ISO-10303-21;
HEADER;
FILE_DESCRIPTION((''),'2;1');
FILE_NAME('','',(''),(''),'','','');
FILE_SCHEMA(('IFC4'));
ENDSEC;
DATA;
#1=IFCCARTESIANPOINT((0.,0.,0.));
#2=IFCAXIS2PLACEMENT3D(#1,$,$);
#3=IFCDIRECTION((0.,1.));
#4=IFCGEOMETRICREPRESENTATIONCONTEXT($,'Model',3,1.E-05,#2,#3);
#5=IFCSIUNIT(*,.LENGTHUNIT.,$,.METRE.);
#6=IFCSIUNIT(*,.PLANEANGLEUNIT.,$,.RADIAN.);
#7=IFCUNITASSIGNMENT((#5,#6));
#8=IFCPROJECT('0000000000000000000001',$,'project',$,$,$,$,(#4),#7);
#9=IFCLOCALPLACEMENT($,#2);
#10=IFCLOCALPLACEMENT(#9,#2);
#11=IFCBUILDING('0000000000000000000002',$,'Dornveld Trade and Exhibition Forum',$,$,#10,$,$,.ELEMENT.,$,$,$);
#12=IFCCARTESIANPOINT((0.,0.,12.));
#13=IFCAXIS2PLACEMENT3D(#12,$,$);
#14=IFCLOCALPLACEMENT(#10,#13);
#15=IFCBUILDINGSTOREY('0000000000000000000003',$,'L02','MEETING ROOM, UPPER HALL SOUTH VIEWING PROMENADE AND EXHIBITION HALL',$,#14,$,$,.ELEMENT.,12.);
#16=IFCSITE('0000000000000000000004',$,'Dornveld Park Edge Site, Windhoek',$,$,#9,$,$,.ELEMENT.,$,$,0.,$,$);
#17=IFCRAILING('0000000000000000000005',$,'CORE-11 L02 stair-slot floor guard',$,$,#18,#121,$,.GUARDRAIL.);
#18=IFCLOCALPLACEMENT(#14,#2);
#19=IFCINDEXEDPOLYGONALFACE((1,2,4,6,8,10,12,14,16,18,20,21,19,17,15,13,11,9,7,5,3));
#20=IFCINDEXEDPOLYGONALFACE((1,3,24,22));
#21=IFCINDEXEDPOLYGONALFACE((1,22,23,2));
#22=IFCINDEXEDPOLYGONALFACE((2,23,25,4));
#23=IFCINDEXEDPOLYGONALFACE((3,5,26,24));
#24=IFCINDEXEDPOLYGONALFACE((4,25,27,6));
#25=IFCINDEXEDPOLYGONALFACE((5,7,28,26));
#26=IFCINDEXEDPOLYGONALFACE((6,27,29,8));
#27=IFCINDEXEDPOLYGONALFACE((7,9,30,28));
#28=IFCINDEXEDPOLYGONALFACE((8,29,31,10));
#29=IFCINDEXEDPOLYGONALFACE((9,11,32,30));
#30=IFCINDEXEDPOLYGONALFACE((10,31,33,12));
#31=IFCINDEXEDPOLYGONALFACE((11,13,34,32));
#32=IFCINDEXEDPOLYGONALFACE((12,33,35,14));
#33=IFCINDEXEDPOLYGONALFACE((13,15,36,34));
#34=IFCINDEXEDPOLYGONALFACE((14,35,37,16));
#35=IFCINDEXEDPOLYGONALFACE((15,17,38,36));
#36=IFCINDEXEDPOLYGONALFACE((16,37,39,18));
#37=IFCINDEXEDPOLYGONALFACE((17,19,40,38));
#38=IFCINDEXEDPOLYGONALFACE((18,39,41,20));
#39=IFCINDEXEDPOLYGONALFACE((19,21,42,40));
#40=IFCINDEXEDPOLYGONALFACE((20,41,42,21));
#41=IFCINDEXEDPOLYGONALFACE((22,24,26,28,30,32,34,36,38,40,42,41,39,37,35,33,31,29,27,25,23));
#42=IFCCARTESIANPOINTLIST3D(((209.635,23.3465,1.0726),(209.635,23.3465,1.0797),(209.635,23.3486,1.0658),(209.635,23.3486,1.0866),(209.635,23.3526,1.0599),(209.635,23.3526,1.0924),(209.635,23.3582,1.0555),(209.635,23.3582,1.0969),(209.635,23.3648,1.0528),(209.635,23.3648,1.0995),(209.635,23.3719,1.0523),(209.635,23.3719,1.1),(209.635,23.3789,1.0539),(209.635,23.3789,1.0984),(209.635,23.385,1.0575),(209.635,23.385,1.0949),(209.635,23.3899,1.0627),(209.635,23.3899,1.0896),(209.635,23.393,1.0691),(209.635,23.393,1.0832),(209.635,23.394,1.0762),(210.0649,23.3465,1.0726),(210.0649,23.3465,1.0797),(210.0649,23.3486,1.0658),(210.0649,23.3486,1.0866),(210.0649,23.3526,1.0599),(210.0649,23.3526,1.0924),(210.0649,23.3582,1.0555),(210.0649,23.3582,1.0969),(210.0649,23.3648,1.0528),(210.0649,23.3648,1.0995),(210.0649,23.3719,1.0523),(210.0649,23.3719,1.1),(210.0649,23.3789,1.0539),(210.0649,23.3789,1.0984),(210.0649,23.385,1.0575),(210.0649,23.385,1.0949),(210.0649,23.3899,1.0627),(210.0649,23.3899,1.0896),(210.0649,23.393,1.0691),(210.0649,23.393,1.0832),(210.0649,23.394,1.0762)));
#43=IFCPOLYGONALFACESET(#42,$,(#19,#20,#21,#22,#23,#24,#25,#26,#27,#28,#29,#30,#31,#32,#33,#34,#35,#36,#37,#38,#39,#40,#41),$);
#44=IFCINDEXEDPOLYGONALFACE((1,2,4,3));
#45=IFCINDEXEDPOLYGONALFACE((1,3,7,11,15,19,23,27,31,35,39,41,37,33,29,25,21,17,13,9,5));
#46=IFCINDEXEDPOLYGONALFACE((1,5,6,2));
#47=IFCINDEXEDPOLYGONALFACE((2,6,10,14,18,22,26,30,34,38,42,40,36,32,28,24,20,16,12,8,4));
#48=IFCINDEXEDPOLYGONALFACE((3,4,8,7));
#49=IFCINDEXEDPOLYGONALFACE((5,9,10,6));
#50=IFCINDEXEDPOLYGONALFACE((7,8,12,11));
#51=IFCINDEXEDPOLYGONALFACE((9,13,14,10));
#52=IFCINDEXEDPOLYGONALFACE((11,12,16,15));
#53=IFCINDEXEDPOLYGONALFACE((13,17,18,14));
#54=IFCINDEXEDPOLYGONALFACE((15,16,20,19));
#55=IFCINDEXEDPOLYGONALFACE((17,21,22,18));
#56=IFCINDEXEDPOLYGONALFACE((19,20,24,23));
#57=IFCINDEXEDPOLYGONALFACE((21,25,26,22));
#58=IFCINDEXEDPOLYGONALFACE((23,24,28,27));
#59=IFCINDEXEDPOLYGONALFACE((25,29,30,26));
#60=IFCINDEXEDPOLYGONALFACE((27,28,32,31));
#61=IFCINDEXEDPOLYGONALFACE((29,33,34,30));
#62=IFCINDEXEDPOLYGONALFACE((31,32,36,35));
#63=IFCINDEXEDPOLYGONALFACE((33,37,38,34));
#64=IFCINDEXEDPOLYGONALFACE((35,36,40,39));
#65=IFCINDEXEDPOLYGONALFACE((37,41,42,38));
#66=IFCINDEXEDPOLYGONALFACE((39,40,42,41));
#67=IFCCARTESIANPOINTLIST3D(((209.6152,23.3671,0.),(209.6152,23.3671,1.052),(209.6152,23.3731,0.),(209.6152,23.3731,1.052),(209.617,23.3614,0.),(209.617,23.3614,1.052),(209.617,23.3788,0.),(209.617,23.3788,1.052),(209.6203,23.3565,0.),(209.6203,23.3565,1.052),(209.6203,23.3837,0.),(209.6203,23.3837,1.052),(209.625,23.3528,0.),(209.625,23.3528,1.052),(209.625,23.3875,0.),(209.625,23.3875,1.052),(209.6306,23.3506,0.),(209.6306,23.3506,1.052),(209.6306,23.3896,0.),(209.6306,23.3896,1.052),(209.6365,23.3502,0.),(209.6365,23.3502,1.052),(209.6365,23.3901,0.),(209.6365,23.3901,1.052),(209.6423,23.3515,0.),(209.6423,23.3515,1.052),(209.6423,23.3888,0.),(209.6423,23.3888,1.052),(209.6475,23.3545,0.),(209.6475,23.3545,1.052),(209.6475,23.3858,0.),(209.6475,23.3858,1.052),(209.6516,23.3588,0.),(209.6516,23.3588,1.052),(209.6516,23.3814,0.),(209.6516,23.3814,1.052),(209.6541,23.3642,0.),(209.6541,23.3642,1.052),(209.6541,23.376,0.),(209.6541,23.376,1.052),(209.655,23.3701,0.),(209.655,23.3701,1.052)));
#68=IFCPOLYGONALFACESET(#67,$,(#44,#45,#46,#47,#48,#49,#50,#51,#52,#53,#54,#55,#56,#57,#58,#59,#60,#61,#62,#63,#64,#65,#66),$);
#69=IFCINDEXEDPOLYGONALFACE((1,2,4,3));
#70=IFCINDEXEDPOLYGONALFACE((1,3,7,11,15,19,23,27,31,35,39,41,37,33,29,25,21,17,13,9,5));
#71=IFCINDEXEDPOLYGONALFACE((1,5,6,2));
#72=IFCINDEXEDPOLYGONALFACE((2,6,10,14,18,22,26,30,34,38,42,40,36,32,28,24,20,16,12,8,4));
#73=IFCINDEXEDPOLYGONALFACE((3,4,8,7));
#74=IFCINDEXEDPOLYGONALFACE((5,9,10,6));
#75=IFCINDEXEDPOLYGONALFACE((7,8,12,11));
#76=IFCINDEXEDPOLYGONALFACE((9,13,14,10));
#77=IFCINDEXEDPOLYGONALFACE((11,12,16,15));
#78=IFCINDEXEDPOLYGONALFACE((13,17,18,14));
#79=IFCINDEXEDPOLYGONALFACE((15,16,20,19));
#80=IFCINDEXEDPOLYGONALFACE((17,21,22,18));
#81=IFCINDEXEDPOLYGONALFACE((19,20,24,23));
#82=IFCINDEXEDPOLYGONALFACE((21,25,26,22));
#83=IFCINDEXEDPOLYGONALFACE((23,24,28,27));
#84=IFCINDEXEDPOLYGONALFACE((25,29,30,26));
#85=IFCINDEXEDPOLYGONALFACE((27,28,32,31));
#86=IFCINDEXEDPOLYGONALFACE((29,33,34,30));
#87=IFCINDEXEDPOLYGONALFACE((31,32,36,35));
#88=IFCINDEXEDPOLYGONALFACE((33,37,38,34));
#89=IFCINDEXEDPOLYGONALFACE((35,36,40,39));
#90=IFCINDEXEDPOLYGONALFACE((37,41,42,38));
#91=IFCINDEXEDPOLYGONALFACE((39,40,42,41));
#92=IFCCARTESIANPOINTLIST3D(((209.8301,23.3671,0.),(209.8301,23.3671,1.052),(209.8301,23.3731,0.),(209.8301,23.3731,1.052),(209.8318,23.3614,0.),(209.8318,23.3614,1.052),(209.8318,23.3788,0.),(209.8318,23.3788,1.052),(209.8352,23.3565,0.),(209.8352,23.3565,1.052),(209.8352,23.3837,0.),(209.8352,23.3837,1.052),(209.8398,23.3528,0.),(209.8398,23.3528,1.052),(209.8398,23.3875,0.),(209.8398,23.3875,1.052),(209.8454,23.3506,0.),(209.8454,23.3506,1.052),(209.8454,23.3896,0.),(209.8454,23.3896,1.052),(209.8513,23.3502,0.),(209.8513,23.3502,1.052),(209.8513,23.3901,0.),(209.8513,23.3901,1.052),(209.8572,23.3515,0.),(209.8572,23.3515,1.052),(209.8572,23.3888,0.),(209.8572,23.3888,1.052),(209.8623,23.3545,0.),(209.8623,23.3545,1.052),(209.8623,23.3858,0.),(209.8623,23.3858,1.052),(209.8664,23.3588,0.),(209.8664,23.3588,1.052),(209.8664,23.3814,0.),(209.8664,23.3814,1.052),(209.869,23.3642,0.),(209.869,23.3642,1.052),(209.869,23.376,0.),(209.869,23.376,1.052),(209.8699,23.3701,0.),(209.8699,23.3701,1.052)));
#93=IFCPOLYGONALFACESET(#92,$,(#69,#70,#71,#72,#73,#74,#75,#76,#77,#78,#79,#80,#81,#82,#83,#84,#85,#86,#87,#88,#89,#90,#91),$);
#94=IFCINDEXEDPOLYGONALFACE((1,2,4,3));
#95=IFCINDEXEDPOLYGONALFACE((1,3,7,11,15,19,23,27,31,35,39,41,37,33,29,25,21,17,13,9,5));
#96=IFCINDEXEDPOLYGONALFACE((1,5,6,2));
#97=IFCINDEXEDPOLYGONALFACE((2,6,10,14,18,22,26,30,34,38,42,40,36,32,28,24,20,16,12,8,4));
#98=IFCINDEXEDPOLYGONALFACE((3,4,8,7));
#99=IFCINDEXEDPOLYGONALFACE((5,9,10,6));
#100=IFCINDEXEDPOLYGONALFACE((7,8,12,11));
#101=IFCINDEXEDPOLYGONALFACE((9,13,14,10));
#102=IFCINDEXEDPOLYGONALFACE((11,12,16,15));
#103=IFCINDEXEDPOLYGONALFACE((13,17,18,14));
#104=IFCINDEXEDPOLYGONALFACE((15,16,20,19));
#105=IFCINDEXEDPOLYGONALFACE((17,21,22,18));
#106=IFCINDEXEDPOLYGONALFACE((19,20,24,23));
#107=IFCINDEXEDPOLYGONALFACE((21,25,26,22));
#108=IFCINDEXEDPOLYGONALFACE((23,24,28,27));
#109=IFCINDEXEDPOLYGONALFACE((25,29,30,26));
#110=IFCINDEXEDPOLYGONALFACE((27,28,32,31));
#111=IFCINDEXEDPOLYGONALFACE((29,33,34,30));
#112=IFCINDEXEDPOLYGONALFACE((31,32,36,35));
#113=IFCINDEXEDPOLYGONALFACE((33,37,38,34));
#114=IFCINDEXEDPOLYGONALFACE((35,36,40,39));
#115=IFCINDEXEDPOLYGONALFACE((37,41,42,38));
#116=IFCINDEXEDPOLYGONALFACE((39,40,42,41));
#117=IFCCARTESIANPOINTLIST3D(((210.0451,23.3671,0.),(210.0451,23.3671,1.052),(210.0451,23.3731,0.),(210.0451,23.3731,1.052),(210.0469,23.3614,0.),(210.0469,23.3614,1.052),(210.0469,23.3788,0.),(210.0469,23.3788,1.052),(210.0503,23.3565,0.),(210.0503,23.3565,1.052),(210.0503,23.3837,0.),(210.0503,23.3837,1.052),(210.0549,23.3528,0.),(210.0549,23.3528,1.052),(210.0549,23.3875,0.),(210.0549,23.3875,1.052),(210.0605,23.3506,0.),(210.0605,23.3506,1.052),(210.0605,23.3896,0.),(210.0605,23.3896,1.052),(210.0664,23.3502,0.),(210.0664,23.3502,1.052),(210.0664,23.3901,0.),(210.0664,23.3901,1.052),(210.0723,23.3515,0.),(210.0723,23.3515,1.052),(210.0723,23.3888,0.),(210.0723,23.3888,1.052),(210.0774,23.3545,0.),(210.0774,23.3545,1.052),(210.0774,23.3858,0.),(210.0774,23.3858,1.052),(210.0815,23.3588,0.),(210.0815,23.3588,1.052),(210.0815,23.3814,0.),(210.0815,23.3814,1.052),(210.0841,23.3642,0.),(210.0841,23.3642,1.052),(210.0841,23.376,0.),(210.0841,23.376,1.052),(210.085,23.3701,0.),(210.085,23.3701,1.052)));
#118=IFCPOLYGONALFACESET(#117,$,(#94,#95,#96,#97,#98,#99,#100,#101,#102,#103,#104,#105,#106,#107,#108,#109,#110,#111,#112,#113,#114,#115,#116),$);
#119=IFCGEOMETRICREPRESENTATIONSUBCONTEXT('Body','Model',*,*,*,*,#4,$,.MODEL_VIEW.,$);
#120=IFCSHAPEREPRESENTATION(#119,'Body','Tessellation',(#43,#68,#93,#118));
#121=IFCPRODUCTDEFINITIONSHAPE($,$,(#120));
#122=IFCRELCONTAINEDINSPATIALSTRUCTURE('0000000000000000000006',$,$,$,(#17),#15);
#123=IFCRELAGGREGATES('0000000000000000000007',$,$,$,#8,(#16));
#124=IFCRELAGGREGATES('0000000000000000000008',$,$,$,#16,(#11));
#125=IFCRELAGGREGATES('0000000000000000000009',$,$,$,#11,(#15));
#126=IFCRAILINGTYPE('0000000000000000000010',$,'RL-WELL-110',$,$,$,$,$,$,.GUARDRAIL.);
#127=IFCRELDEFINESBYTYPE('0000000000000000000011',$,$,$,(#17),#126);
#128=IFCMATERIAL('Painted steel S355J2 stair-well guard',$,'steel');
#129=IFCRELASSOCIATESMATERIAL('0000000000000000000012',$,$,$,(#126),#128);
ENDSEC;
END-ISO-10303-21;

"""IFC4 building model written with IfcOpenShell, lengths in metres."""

from ifc_helpers import new_model, si_unit, direction, frame, origin, origin_2d, place, context, subcontext, project, spatial, circle, extrude, material, type_object, element, save


model = new_model("IFC4")

# Units and contexts
model_context = context("Model", 3, precision=1e-05, world=origin(), true_north=direction((0.0, 1.0)))
body_context = subcontext(model_context, "Body", "Model", "MODEL_VIEW")
ifc_project = project(units=[si_unit("LENGTHUNIT", "METRE"), si_unit("PLANEANGLEUNIT", "RADIAN")], contexts=[model_context])

# Site, building, storey
site_placement = place(None, origin())
site = spatial("IfcSite", under=ifc_project, at=site_placement, Name="Dornveld Park Edge Site, Windhoek", CompositionType="ELEMENT", RefElevation=0.0)
building_placement = place(site_placement, origin())
building = spatial("IfcBuilding", under=site, at=building_placement, Name="Dornveld Trade and Exhibition Forum", CompositionType="ELEMENT")
storey_placement = place(building_placement, frame((0.0, 0.0, 12.0)))
storey = spatial("IfcBuildingStorey", under=building, at=storey_placement, Name="L02", Description="MEETING ROOM, UPPER HALL SOUTH VIEWING PROMENADE AND EXHIBITION HALL", CompositionType="ELEMENT", Elevation=12.0)

# Railing
ifc_material_1 = material(Name="Painted steel S355J2 stair-well guard", Category="steel")
railing_type_1 = type_object("IfcRailingType", Name="RL-WELL-110", PredefinedType="GUARDRAIL", material=ifc_material_1)
railing_1_placement = place(storey_placement, frame((209.635, 23.3701, 0.0)))
element("IfcRailing", 1, at=railing_1_placement, inside=storey, type_object=railing_type_1, Name="CORE-11 L02 stair-slot floor guard", PredefinedType="GUARDRAIL", context=body_context, shape_type="SweptSolid", body=[
    extrude(circle(Radius=0.0239, at=origin_2d()), frame((0.0, 0.0, 1.0762), z_axis=(1.0, 0.0, 0.0), x_axis=(0.0, 1.0, 0.0)), (0.0, 0.0, 1.0), 0.4299),
    extrude(circle(Radius=0.02, at=origin_2d()), origin(), (0.0, 0.0, 1.0), 1.052),
    extrude(circle(Radius=0.02, at=origin_2d()), frame((0.2148, 0.0, 0.0)), (0.0, 0.0, 1.0), 1.052),
    extrude(circle(Radius=0.02, at=origin_2d()), frame((0.4299, 0.0, 0.0)), (0.0, 0.0, 1.0), 1.052),
])

save(model, "model.ifc")
